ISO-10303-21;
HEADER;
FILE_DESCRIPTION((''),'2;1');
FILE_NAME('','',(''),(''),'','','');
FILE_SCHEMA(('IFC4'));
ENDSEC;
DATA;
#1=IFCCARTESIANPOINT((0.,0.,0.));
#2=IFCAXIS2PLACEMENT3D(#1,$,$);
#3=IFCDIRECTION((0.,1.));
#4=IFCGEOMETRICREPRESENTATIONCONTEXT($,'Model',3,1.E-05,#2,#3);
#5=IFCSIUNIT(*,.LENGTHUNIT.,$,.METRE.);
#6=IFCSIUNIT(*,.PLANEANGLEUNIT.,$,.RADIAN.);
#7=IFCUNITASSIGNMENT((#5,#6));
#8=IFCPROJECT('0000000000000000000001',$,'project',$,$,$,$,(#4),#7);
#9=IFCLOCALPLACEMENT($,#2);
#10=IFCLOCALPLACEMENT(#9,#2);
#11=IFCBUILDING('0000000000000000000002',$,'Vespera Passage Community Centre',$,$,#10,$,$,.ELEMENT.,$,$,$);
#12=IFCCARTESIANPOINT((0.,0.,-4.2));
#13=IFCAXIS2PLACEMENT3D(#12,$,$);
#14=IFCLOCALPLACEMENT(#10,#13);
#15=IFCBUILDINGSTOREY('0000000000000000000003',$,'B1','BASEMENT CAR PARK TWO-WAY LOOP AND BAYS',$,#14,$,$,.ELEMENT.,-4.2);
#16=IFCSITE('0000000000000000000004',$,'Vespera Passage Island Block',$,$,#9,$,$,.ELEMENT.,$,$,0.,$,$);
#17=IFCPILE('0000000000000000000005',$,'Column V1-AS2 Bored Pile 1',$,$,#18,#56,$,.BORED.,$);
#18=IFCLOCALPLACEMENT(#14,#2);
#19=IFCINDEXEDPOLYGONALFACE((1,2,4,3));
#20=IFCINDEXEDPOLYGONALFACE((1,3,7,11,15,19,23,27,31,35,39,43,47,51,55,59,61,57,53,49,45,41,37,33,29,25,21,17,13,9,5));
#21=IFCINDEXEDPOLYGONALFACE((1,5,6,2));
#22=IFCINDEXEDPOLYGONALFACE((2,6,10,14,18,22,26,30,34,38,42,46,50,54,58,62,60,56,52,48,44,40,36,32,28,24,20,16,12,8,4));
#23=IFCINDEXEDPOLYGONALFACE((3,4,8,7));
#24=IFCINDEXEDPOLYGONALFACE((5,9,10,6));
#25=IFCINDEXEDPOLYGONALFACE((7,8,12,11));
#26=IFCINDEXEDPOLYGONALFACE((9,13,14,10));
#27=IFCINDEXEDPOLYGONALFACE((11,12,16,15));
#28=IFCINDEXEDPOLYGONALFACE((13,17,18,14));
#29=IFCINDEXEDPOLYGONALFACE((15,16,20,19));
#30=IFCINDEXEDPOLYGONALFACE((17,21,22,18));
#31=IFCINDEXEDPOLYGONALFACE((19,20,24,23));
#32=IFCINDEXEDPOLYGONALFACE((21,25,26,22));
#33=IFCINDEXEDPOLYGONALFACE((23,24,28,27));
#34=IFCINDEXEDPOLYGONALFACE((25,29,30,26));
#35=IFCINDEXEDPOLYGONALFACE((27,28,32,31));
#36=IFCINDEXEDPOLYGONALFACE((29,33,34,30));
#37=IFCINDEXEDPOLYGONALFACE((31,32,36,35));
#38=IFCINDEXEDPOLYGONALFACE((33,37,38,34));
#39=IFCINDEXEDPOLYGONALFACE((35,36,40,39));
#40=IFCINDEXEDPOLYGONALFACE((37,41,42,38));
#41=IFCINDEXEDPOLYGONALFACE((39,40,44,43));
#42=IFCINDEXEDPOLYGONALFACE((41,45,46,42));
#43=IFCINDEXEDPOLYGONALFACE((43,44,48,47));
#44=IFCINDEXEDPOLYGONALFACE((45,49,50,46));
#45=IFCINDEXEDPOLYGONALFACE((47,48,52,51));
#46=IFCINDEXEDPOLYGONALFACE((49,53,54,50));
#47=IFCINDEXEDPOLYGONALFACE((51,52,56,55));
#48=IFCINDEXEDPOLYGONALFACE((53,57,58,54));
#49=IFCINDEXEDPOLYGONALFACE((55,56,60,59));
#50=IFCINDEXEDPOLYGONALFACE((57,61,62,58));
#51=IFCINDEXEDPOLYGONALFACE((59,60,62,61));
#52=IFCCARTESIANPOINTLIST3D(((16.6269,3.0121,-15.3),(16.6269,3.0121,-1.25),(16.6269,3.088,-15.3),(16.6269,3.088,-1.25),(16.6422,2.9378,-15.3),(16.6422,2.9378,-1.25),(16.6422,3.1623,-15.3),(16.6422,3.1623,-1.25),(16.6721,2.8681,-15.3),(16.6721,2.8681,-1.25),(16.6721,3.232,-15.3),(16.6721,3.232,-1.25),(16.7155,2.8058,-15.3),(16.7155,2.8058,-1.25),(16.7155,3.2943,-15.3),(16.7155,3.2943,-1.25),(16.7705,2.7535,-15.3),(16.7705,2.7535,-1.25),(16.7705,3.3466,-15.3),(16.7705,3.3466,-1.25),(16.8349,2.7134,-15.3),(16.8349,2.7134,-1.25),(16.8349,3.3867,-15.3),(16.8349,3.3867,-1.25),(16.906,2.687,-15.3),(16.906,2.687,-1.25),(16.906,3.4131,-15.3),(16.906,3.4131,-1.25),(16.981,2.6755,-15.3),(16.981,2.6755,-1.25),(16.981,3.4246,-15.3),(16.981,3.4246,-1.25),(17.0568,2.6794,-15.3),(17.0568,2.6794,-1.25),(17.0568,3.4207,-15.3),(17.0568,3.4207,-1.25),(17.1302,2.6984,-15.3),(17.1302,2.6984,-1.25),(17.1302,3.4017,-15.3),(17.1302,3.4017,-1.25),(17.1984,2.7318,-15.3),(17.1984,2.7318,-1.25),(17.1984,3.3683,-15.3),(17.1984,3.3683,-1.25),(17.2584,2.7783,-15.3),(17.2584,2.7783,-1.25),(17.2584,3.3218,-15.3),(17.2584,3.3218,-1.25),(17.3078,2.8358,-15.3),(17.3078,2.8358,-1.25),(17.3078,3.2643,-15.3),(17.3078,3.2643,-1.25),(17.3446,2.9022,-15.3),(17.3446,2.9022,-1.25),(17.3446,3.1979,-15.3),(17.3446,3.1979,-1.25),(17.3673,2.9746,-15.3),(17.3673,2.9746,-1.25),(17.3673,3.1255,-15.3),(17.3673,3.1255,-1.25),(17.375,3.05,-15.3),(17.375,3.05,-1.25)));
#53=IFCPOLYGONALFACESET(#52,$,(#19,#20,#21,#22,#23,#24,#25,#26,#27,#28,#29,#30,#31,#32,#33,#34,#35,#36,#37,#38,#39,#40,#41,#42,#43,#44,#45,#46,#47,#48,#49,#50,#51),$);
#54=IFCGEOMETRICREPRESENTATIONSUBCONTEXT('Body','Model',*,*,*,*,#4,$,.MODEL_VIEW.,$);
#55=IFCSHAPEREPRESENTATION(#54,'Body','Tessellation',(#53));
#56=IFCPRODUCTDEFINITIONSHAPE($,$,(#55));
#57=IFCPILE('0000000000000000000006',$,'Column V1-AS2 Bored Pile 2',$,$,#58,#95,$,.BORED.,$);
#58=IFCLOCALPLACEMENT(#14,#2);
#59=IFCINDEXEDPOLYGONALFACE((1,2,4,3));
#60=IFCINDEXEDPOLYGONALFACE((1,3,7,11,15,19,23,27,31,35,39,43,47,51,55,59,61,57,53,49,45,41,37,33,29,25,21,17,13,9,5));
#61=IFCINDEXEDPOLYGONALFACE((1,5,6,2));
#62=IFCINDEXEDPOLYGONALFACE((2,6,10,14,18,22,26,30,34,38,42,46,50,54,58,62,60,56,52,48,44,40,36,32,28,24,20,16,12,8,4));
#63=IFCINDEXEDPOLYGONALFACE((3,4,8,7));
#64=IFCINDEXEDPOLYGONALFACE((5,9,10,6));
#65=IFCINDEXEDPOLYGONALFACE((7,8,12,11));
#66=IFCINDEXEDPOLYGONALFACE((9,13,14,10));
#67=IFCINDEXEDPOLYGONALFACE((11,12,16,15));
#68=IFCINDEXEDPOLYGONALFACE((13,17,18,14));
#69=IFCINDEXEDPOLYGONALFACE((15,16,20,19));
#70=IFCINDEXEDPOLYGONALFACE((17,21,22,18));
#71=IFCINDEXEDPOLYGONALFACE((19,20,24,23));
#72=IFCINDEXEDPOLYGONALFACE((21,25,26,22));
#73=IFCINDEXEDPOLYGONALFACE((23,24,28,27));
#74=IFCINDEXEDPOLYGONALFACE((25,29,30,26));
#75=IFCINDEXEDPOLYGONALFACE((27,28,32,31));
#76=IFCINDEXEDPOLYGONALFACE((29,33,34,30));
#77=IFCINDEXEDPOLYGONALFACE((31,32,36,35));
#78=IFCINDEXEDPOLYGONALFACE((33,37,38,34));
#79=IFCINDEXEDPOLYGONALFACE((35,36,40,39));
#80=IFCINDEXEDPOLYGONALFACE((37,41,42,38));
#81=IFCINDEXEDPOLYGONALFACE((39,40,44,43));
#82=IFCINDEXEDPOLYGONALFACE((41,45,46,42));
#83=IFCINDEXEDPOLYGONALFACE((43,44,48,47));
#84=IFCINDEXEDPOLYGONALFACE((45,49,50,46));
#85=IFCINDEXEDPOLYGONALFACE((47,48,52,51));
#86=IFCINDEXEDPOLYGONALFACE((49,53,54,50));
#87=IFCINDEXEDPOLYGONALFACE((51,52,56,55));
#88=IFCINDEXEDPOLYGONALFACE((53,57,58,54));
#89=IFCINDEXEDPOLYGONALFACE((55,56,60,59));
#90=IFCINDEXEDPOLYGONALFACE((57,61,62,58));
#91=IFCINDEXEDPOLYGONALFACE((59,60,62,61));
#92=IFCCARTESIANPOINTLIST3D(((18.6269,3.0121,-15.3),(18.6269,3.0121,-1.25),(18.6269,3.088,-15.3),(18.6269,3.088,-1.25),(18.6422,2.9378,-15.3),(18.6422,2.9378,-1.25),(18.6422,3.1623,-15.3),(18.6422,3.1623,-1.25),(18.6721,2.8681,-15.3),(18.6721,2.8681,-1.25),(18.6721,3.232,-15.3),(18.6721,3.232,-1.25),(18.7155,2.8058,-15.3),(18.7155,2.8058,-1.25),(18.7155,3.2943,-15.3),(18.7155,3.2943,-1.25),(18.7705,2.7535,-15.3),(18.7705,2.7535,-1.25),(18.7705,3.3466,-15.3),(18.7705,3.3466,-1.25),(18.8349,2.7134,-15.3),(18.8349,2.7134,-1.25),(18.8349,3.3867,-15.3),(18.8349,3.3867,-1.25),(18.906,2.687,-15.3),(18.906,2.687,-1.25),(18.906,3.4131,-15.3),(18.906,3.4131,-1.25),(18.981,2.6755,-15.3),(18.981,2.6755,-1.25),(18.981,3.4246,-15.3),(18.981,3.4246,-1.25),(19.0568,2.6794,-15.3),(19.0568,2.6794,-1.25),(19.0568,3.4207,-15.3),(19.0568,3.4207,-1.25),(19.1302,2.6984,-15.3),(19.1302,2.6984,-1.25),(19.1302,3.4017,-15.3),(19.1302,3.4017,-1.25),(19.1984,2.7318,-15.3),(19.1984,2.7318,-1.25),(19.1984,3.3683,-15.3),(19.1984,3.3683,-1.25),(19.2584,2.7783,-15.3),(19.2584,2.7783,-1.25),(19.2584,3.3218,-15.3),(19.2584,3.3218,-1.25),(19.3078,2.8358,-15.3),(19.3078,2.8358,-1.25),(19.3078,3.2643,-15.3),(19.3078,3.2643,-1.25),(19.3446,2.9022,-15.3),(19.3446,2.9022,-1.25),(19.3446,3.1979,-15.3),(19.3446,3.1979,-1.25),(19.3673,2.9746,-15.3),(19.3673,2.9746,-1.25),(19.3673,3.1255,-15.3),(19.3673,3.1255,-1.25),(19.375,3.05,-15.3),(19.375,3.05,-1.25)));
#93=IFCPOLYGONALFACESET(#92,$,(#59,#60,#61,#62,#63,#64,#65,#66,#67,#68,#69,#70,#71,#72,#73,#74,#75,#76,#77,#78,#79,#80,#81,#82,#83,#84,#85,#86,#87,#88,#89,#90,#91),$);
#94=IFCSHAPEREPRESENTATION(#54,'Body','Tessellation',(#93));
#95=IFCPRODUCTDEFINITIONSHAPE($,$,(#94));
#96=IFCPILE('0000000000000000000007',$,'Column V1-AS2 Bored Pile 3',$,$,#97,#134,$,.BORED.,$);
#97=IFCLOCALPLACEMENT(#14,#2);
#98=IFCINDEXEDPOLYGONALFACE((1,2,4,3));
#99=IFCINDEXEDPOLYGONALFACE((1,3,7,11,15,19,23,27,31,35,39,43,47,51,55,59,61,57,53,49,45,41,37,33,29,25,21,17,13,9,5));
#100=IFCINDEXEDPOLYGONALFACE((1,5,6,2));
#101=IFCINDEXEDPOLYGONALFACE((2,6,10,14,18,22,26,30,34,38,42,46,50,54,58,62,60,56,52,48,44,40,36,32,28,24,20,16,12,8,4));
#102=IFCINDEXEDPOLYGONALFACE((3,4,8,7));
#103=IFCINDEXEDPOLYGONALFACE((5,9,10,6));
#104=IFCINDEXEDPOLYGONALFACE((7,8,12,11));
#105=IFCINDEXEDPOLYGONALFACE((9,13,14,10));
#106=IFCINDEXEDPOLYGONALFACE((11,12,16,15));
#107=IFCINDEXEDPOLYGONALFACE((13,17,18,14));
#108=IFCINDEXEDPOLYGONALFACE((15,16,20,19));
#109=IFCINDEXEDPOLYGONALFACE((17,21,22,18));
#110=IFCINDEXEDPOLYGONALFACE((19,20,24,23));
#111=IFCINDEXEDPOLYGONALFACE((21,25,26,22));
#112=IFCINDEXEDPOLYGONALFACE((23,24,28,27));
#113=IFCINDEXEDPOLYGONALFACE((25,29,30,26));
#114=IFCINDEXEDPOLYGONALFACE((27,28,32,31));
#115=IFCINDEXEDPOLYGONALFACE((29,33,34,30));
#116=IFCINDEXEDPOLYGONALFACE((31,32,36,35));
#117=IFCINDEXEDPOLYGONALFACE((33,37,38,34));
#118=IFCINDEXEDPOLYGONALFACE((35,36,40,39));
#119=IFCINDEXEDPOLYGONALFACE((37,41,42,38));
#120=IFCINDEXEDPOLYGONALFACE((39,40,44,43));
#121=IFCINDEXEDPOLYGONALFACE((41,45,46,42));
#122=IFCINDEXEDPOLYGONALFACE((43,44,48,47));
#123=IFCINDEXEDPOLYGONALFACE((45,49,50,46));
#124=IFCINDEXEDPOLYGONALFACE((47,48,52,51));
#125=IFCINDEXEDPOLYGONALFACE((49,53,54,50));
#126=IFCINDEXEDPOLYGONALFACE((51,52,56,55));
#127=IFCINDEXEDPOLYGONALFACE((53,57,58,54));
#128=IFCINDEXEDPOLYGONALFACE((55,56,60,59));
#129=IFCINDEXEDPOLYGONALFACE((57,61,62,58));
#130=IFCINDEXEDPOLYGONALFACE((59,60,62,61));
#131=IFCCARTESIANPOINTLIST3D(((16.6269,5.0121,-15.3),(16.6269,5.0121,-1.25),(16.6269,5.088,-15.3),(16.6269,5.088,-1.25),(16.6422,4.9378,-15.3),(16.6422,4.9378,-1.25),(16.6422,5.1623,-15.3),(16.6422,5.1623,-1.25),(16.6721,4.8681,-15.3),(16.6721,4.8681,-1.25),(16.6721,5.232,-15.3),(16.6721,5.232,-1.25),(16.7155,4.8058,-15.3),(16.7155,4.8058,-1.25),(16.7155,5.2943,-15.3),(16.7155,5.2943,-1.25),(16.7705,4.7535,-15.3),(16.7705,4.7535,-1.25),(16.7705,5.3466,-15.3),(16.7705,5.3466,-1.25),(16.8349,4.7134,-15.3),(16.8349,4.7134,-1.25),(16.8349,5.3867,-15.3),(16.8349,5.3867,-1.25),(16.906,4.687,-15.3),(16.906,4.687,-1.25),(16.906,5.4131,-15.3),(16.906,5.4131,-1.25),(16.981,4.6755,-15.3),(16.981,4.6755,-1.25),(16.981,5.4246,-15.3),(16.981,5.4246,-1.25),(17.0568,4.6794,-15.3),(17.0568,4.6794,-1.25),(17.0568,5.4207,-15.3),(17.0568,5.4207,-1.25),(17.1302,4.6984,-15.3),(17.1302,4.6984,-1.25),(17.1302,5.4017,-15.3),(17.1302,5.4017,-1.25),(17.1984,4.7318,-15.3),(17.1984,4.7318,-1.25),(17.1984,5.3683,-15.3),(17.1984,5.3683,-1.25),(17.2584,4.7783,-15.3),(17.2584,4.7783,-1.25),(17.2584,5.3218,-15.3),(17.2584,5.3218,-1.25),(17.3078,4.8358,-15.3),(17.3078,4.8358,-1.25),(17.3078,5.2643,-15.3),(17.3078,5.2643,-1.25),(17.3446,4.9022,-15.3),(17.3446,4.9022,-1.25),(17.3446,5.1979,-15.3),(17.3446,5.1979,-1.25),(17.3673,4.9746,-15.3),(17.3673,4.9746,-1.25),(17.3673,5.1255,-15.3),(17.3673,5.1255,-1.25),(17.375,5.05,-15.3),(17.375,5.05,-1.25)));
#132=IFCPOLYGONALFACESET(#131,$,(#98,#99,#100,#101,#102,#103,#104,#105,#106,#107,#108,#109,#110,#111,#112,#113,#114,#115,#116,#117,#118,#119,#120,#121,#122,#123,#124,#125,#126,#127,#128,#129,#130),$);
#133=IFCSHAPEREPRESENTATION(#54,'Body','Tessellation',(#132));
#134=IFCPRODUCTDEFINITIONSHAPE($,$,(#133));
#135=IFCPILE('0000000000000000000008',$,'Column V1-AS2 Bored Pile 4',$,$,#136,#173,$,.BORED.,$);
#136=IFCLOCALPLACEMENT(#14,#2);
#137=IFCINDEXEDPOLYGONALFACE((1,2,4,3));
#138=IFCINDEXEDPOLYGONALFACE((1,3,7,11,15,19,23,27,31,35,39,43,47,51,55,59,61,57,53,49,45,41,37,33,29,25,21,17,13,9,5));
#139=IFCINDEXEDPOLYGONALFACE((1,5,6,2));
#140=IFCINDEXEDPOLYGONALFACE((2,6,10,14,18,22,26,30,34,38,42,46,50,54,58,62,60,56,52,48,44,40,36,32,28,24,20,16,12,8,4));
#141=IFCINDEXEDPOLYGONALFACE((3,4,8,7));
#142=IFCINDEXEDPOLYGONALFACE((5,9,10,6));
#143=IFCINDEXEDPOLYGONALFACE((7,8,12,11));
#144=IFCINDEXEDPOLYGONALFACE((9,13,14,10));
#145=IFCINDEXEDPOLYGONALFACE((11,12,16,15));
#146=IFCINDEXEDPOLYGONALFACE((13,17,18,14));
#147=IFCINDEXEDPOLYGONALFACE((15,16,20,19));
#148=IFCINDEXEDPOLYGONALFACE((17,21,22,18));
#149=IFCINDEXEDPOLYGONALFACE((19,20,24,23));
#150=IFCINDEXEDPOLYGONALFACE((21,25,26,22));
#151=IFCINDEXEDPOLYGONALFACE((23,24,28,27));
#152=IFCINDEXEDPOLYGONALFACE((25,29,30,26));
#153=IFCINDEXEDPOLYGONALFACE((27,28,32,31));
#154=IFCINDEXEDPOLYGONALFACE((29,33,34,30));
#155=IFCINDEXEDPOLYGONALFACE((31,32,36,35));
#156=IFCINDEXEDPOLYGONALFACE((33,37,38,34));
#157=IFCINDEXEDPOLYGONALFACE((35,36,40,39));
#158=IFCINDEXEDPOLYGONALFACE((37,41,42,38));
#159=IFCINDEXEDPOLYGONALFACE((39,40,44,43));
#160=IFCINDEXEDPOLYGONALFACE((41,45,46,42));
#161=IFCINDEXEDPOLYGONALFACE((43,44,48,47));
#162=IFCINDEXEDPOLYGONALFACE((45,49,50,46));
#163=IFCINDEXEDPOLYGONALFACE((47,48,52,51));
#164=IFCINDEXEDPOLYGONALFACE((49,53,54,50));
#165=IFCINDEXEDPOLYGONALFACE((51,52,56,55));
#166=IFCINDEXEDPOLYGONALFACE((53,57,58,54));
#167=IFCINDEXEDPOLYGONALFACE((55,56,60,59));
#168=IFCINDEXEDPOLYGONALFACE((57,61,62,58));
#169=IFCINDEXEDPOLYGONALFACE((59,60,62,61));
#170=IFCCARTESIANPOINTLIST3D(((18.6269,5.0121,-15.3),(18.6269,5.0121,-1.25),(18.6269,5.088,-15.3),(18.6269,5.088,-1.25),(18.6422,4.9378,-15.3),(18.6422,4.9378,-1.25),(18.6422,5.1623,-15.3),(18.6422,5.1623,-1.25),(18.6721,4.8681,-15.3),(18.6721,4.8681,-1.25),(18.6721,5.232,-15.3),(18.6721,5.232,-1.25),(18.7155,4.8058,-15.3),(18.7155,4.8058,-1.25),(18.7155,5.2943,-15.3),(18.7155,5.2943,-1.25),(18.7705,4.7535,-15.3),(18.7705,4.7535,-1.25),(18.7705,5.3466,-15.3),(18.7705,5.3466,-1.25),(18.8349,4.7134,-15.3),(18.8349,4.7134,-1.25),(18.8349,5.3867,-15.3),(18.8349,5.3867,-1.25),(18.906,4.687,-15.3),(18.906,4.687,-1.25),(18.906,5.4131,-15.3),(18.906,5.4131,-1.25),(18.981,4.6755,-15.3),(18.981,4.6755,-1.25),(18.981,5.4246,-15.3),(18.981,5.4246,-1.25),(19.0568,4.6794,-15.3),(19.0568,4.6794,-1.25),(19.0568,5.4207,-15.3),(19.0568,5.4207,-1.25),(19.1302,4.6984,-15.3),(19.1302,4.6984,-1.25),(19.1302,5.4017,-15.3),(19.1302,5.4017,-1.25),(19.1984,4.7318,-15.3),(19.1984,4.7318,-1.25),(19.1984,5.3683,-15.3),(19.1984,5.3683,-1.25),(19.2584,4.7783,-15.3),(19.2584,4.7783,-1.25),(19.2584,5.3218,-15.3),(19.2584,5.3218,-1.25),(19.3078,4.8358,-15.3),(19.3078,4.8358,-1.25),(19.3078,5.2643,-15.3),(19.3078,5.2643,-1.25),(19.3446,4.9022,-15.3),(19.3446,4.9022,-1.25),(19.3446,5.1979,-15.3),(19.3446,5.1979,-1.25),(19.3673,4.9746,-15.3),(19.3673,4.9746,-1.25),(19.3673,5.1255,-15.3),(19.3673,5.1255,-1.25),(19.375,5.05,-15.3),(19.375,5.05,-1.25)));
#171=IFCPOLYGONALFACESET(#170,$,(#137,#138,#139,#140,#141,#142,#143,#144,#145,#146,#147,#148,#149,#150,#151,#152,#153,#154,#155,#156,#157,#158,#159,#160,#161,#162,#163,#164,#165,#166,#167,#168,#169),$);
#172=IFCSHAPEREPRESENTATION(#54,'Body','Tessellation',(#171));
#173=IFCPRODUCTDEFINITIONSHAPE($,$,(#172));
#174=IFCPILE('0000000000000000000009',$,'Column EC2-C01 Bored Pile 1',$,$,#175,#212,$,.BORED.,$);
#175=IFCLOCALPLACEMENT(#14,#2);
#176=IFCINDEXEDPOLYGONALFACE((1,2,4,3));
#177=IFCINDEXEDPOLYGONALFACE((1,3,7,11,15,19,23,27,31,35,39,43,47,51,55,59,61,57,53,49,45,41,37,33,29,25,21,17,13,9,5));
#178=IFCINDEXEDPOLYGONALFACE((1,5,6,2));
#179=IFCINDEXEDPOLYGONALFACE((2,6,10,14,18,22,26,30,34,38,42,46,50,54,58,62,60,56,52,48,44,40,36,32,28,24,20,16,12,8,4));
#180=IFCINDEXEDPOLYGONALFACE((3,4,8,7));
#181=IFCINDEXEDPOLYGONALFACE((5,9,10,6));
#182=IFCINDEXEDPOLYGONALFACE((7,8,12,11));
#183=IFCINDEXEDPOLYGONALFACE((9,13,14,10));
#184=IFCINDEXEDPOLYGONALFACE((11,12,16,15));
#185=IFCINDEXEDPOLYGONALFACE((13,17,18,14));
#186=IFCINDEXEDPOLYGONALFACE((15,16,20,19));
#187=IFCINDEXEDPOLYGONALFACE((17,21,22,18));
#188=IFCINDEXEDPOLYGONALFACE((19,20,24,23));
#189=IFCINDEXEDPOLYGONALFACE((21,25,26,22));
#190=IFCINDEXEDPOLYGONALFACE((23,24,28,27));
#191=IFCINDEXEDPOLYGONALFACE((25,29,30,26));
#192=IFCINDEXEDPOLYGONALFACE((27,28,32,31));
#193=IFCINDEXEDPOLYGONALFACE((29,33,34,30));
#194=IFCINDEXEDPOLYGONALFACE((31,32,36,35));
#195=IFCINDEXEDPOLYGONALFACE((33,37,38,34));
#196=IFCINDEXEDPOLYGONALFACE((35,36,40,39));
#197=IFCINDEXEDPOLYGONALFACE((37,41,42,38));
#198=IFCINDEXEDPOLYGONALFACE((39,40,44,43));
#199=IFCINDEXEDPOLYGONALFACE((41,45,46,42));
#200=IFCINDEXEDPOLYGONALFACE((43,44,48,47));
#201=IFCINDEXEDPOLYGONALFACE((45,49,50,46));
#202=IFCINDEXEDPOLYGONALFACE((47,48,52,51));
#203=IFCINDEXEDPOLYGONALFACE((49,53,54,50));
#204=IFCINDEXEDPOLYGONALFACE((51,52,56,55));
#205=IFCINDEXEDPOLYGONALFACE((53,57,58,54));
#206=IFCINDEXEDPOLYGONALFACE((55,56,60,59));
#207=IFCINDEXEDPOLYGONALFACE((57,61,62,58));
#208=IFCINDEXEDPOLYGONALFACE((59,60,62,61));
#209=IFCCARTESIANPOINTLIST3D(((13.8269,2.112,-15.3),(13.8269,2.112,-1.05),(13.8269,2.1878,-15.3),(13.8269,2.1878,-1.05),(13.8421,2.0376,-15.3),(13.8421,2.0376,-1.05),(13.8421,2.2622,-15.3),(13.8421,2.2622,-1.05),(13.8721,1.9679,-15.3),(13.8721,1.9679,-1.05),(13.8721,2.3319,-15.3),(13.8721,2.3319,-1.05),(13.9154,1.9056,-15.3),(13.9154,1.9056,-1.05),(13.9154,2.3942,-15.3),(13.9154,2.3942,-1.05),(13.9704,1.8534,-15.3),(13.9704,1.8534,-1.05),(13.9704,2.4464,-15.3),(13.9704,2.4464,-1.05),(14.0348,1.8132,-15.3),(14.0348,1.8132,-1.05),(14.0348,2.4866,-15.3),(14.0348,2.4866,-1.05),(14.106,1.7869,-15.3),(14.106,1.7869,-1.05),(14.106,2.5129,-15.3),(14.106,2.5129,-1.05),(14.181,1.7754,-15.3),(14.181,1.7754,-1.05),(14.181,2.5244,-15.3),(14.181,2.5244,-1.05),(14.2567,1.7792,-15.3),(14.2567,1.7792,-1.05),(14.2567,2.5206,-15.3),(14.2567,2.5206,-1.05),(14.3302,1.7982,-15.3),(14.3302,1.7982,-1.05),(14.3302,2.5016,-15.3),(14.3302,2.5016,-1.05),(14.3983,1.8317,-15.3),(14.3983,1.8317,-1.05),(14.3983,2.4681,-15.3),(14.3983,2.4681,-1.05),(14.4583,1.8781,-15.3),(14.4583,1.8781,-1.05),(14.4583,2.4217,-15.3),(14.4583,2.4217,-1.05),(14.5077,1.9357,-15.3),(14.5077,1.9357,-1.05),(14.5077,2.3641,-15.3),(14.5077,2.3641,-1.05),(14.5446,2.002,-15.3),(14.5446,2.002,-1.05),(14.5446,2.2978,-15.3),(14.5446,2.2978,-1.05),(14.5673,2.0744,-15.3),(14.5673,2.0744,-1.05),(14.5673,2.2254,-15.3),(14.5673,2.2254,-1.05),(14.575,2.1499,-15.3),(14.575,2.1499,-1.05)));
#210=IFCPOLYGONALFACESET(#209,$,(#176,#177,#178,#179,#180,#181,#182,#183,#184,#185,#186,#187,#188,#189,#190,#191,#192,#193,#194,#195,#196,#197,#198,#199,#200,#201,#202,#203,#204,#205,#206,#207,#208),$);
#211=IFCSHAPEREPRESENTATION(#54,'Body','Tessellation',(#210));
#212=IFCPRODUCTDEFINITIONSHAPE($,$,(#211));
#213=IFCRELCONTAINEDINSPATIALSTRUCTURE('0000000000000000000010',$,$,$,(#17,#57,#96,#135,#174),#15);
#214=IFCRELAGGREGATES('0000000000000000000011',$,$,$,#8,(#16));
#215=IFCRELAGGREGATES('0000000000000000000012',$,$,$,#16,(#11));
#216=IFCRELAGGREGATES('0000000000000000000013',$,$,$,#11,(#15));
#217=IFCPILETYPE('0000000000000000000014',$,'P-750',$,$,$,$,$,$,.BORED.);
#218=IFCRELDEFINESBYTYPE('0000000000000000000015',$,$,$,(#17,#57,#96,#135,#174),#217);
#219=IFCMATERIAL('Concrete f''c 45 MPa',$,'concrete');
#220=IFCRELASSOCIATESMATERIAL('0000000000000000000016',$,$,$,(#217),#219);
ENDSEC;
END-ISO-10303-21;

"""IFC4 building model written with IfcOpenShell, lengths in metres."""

from ifc_helpers import new_model, si_unit, direction, frame, origin, origin_2d, place, context, subcontext, project, spatial, circle, extrude, material, material_profile, profile_set, type_object, element, save


model = new_model("IFC4")

# Units and contexts
model_context = context("Model", 3, precision=1e-05, world=origin(), true_north=direction((0.0, 1.0)))
body_context = subcontext(model_context, "Body", "Model", "MODEL_VIEW")
ifc_project = project(units=[si_unit("LENGTHUNIT", "METRE"), si_unit("PLANEANGLEUNIT", "RADIAN")], contexts=[model_context])

# Site, building, storey
site_placement = place(None, origin())
site = spatial("IfcSite", under=ifc_project, at=site_placement, Name="Vespera Passage Island Block", CompositionType="ELEMENT", RefElevation=0.0)
building_placement = place(site_placement, origin())
building = spatial("IfcBuilding", under=site, at=building_placement, Name="Vespera Passage Community Centre", CompositionType="ELEMENT")
storey_placement = place(building_placement, frame((0.0, 0.0, -4.2)))
storey = spatial("IfcBuildingStorey", under=building, at=storey_placement, Name="B1", Description="BASEMENT CAR PARK TWO-WAY LOOP AND BAYS", CompositionType="ELEMENT", Elevation=-4.2)

# Piles
ifc_material_1 = material(Name="Concrete f'c 45 MPa", Category="concrete")
ifc_material_profile_1 = material_profile(ifc_material_1, circle(Radius=0.375, at=origin_2d()), Name="PILE750DIA")
ifc_profile_set_1 = profile_set([ifc_material_profile_1], Name="Concrete f'c 45 MPa")
pile_type_1 = type_object("IfcPileType", Name="P-750", PredefinedType="BORED", material=ifc_profile_set_1)
for number, where, z_axis, x_axis, name in (
    (1, (17.0, 3.05, -1.25), (0.0, 0.0, -1.0), (1.0, 0.0, 0.0), "Column V1-AS2 Bored Pile 1"),
    (2, (19.0, 3.05, -1.25), (0.0, 0.0, -1.0), (1.0, 0.0, 0.0), "Column V1-AS2 Bored Pile 2"),
    (3, (17.0, 5.05, -1.25), (0.0, 0.0, -1.0), (1.0, 0.0, 0.0), "Column V1-AS2 Bored Pile 3"),
    (4, (19.0, 5.05, -1.25), (0.0, 0.0, -1.0), (1.0, 0.0, 0.0), "Column V1-AS2 Bored Pile 4"),
):
    element("IfcPile", number, at=place(storey_placement, frame(where, z_axis=z_axis, x_axis=x_axis)), inside=storey, type_object=pile_type_1, Name=name, PredefinedType="BORED", context=body_context, shape_type="SweptSolid", body=[
        extrude(circle(Radius=0.375, at=origin_2d()), origin(), (0.0, 0.0, 1.0), 14.05),
    ])
for number, where, z_axis, x_axis, name in (
    (5, (14.2, 2.1499, -1.05), (0.0, 0.0, -1.0), (1.0, 0.0, 0.0), "Column EC2-C01 Bored Pile 1"),
):
    element("IfcPile", number, at=place(storey_placement, frame(where, z_axis=z_axis, x_axis=x_axis)), inside=storey, type_object=pile_type_1, Name=name, PredefinedType="BORED", context=body_context, shape_type="SweptSolid", body=[
        extrude(circle(Radius=0.375, at=origin_2d()), origin(), (0.0, 0.0, 1.0), 14.25),
    ])

save(model, "model.ifc")
